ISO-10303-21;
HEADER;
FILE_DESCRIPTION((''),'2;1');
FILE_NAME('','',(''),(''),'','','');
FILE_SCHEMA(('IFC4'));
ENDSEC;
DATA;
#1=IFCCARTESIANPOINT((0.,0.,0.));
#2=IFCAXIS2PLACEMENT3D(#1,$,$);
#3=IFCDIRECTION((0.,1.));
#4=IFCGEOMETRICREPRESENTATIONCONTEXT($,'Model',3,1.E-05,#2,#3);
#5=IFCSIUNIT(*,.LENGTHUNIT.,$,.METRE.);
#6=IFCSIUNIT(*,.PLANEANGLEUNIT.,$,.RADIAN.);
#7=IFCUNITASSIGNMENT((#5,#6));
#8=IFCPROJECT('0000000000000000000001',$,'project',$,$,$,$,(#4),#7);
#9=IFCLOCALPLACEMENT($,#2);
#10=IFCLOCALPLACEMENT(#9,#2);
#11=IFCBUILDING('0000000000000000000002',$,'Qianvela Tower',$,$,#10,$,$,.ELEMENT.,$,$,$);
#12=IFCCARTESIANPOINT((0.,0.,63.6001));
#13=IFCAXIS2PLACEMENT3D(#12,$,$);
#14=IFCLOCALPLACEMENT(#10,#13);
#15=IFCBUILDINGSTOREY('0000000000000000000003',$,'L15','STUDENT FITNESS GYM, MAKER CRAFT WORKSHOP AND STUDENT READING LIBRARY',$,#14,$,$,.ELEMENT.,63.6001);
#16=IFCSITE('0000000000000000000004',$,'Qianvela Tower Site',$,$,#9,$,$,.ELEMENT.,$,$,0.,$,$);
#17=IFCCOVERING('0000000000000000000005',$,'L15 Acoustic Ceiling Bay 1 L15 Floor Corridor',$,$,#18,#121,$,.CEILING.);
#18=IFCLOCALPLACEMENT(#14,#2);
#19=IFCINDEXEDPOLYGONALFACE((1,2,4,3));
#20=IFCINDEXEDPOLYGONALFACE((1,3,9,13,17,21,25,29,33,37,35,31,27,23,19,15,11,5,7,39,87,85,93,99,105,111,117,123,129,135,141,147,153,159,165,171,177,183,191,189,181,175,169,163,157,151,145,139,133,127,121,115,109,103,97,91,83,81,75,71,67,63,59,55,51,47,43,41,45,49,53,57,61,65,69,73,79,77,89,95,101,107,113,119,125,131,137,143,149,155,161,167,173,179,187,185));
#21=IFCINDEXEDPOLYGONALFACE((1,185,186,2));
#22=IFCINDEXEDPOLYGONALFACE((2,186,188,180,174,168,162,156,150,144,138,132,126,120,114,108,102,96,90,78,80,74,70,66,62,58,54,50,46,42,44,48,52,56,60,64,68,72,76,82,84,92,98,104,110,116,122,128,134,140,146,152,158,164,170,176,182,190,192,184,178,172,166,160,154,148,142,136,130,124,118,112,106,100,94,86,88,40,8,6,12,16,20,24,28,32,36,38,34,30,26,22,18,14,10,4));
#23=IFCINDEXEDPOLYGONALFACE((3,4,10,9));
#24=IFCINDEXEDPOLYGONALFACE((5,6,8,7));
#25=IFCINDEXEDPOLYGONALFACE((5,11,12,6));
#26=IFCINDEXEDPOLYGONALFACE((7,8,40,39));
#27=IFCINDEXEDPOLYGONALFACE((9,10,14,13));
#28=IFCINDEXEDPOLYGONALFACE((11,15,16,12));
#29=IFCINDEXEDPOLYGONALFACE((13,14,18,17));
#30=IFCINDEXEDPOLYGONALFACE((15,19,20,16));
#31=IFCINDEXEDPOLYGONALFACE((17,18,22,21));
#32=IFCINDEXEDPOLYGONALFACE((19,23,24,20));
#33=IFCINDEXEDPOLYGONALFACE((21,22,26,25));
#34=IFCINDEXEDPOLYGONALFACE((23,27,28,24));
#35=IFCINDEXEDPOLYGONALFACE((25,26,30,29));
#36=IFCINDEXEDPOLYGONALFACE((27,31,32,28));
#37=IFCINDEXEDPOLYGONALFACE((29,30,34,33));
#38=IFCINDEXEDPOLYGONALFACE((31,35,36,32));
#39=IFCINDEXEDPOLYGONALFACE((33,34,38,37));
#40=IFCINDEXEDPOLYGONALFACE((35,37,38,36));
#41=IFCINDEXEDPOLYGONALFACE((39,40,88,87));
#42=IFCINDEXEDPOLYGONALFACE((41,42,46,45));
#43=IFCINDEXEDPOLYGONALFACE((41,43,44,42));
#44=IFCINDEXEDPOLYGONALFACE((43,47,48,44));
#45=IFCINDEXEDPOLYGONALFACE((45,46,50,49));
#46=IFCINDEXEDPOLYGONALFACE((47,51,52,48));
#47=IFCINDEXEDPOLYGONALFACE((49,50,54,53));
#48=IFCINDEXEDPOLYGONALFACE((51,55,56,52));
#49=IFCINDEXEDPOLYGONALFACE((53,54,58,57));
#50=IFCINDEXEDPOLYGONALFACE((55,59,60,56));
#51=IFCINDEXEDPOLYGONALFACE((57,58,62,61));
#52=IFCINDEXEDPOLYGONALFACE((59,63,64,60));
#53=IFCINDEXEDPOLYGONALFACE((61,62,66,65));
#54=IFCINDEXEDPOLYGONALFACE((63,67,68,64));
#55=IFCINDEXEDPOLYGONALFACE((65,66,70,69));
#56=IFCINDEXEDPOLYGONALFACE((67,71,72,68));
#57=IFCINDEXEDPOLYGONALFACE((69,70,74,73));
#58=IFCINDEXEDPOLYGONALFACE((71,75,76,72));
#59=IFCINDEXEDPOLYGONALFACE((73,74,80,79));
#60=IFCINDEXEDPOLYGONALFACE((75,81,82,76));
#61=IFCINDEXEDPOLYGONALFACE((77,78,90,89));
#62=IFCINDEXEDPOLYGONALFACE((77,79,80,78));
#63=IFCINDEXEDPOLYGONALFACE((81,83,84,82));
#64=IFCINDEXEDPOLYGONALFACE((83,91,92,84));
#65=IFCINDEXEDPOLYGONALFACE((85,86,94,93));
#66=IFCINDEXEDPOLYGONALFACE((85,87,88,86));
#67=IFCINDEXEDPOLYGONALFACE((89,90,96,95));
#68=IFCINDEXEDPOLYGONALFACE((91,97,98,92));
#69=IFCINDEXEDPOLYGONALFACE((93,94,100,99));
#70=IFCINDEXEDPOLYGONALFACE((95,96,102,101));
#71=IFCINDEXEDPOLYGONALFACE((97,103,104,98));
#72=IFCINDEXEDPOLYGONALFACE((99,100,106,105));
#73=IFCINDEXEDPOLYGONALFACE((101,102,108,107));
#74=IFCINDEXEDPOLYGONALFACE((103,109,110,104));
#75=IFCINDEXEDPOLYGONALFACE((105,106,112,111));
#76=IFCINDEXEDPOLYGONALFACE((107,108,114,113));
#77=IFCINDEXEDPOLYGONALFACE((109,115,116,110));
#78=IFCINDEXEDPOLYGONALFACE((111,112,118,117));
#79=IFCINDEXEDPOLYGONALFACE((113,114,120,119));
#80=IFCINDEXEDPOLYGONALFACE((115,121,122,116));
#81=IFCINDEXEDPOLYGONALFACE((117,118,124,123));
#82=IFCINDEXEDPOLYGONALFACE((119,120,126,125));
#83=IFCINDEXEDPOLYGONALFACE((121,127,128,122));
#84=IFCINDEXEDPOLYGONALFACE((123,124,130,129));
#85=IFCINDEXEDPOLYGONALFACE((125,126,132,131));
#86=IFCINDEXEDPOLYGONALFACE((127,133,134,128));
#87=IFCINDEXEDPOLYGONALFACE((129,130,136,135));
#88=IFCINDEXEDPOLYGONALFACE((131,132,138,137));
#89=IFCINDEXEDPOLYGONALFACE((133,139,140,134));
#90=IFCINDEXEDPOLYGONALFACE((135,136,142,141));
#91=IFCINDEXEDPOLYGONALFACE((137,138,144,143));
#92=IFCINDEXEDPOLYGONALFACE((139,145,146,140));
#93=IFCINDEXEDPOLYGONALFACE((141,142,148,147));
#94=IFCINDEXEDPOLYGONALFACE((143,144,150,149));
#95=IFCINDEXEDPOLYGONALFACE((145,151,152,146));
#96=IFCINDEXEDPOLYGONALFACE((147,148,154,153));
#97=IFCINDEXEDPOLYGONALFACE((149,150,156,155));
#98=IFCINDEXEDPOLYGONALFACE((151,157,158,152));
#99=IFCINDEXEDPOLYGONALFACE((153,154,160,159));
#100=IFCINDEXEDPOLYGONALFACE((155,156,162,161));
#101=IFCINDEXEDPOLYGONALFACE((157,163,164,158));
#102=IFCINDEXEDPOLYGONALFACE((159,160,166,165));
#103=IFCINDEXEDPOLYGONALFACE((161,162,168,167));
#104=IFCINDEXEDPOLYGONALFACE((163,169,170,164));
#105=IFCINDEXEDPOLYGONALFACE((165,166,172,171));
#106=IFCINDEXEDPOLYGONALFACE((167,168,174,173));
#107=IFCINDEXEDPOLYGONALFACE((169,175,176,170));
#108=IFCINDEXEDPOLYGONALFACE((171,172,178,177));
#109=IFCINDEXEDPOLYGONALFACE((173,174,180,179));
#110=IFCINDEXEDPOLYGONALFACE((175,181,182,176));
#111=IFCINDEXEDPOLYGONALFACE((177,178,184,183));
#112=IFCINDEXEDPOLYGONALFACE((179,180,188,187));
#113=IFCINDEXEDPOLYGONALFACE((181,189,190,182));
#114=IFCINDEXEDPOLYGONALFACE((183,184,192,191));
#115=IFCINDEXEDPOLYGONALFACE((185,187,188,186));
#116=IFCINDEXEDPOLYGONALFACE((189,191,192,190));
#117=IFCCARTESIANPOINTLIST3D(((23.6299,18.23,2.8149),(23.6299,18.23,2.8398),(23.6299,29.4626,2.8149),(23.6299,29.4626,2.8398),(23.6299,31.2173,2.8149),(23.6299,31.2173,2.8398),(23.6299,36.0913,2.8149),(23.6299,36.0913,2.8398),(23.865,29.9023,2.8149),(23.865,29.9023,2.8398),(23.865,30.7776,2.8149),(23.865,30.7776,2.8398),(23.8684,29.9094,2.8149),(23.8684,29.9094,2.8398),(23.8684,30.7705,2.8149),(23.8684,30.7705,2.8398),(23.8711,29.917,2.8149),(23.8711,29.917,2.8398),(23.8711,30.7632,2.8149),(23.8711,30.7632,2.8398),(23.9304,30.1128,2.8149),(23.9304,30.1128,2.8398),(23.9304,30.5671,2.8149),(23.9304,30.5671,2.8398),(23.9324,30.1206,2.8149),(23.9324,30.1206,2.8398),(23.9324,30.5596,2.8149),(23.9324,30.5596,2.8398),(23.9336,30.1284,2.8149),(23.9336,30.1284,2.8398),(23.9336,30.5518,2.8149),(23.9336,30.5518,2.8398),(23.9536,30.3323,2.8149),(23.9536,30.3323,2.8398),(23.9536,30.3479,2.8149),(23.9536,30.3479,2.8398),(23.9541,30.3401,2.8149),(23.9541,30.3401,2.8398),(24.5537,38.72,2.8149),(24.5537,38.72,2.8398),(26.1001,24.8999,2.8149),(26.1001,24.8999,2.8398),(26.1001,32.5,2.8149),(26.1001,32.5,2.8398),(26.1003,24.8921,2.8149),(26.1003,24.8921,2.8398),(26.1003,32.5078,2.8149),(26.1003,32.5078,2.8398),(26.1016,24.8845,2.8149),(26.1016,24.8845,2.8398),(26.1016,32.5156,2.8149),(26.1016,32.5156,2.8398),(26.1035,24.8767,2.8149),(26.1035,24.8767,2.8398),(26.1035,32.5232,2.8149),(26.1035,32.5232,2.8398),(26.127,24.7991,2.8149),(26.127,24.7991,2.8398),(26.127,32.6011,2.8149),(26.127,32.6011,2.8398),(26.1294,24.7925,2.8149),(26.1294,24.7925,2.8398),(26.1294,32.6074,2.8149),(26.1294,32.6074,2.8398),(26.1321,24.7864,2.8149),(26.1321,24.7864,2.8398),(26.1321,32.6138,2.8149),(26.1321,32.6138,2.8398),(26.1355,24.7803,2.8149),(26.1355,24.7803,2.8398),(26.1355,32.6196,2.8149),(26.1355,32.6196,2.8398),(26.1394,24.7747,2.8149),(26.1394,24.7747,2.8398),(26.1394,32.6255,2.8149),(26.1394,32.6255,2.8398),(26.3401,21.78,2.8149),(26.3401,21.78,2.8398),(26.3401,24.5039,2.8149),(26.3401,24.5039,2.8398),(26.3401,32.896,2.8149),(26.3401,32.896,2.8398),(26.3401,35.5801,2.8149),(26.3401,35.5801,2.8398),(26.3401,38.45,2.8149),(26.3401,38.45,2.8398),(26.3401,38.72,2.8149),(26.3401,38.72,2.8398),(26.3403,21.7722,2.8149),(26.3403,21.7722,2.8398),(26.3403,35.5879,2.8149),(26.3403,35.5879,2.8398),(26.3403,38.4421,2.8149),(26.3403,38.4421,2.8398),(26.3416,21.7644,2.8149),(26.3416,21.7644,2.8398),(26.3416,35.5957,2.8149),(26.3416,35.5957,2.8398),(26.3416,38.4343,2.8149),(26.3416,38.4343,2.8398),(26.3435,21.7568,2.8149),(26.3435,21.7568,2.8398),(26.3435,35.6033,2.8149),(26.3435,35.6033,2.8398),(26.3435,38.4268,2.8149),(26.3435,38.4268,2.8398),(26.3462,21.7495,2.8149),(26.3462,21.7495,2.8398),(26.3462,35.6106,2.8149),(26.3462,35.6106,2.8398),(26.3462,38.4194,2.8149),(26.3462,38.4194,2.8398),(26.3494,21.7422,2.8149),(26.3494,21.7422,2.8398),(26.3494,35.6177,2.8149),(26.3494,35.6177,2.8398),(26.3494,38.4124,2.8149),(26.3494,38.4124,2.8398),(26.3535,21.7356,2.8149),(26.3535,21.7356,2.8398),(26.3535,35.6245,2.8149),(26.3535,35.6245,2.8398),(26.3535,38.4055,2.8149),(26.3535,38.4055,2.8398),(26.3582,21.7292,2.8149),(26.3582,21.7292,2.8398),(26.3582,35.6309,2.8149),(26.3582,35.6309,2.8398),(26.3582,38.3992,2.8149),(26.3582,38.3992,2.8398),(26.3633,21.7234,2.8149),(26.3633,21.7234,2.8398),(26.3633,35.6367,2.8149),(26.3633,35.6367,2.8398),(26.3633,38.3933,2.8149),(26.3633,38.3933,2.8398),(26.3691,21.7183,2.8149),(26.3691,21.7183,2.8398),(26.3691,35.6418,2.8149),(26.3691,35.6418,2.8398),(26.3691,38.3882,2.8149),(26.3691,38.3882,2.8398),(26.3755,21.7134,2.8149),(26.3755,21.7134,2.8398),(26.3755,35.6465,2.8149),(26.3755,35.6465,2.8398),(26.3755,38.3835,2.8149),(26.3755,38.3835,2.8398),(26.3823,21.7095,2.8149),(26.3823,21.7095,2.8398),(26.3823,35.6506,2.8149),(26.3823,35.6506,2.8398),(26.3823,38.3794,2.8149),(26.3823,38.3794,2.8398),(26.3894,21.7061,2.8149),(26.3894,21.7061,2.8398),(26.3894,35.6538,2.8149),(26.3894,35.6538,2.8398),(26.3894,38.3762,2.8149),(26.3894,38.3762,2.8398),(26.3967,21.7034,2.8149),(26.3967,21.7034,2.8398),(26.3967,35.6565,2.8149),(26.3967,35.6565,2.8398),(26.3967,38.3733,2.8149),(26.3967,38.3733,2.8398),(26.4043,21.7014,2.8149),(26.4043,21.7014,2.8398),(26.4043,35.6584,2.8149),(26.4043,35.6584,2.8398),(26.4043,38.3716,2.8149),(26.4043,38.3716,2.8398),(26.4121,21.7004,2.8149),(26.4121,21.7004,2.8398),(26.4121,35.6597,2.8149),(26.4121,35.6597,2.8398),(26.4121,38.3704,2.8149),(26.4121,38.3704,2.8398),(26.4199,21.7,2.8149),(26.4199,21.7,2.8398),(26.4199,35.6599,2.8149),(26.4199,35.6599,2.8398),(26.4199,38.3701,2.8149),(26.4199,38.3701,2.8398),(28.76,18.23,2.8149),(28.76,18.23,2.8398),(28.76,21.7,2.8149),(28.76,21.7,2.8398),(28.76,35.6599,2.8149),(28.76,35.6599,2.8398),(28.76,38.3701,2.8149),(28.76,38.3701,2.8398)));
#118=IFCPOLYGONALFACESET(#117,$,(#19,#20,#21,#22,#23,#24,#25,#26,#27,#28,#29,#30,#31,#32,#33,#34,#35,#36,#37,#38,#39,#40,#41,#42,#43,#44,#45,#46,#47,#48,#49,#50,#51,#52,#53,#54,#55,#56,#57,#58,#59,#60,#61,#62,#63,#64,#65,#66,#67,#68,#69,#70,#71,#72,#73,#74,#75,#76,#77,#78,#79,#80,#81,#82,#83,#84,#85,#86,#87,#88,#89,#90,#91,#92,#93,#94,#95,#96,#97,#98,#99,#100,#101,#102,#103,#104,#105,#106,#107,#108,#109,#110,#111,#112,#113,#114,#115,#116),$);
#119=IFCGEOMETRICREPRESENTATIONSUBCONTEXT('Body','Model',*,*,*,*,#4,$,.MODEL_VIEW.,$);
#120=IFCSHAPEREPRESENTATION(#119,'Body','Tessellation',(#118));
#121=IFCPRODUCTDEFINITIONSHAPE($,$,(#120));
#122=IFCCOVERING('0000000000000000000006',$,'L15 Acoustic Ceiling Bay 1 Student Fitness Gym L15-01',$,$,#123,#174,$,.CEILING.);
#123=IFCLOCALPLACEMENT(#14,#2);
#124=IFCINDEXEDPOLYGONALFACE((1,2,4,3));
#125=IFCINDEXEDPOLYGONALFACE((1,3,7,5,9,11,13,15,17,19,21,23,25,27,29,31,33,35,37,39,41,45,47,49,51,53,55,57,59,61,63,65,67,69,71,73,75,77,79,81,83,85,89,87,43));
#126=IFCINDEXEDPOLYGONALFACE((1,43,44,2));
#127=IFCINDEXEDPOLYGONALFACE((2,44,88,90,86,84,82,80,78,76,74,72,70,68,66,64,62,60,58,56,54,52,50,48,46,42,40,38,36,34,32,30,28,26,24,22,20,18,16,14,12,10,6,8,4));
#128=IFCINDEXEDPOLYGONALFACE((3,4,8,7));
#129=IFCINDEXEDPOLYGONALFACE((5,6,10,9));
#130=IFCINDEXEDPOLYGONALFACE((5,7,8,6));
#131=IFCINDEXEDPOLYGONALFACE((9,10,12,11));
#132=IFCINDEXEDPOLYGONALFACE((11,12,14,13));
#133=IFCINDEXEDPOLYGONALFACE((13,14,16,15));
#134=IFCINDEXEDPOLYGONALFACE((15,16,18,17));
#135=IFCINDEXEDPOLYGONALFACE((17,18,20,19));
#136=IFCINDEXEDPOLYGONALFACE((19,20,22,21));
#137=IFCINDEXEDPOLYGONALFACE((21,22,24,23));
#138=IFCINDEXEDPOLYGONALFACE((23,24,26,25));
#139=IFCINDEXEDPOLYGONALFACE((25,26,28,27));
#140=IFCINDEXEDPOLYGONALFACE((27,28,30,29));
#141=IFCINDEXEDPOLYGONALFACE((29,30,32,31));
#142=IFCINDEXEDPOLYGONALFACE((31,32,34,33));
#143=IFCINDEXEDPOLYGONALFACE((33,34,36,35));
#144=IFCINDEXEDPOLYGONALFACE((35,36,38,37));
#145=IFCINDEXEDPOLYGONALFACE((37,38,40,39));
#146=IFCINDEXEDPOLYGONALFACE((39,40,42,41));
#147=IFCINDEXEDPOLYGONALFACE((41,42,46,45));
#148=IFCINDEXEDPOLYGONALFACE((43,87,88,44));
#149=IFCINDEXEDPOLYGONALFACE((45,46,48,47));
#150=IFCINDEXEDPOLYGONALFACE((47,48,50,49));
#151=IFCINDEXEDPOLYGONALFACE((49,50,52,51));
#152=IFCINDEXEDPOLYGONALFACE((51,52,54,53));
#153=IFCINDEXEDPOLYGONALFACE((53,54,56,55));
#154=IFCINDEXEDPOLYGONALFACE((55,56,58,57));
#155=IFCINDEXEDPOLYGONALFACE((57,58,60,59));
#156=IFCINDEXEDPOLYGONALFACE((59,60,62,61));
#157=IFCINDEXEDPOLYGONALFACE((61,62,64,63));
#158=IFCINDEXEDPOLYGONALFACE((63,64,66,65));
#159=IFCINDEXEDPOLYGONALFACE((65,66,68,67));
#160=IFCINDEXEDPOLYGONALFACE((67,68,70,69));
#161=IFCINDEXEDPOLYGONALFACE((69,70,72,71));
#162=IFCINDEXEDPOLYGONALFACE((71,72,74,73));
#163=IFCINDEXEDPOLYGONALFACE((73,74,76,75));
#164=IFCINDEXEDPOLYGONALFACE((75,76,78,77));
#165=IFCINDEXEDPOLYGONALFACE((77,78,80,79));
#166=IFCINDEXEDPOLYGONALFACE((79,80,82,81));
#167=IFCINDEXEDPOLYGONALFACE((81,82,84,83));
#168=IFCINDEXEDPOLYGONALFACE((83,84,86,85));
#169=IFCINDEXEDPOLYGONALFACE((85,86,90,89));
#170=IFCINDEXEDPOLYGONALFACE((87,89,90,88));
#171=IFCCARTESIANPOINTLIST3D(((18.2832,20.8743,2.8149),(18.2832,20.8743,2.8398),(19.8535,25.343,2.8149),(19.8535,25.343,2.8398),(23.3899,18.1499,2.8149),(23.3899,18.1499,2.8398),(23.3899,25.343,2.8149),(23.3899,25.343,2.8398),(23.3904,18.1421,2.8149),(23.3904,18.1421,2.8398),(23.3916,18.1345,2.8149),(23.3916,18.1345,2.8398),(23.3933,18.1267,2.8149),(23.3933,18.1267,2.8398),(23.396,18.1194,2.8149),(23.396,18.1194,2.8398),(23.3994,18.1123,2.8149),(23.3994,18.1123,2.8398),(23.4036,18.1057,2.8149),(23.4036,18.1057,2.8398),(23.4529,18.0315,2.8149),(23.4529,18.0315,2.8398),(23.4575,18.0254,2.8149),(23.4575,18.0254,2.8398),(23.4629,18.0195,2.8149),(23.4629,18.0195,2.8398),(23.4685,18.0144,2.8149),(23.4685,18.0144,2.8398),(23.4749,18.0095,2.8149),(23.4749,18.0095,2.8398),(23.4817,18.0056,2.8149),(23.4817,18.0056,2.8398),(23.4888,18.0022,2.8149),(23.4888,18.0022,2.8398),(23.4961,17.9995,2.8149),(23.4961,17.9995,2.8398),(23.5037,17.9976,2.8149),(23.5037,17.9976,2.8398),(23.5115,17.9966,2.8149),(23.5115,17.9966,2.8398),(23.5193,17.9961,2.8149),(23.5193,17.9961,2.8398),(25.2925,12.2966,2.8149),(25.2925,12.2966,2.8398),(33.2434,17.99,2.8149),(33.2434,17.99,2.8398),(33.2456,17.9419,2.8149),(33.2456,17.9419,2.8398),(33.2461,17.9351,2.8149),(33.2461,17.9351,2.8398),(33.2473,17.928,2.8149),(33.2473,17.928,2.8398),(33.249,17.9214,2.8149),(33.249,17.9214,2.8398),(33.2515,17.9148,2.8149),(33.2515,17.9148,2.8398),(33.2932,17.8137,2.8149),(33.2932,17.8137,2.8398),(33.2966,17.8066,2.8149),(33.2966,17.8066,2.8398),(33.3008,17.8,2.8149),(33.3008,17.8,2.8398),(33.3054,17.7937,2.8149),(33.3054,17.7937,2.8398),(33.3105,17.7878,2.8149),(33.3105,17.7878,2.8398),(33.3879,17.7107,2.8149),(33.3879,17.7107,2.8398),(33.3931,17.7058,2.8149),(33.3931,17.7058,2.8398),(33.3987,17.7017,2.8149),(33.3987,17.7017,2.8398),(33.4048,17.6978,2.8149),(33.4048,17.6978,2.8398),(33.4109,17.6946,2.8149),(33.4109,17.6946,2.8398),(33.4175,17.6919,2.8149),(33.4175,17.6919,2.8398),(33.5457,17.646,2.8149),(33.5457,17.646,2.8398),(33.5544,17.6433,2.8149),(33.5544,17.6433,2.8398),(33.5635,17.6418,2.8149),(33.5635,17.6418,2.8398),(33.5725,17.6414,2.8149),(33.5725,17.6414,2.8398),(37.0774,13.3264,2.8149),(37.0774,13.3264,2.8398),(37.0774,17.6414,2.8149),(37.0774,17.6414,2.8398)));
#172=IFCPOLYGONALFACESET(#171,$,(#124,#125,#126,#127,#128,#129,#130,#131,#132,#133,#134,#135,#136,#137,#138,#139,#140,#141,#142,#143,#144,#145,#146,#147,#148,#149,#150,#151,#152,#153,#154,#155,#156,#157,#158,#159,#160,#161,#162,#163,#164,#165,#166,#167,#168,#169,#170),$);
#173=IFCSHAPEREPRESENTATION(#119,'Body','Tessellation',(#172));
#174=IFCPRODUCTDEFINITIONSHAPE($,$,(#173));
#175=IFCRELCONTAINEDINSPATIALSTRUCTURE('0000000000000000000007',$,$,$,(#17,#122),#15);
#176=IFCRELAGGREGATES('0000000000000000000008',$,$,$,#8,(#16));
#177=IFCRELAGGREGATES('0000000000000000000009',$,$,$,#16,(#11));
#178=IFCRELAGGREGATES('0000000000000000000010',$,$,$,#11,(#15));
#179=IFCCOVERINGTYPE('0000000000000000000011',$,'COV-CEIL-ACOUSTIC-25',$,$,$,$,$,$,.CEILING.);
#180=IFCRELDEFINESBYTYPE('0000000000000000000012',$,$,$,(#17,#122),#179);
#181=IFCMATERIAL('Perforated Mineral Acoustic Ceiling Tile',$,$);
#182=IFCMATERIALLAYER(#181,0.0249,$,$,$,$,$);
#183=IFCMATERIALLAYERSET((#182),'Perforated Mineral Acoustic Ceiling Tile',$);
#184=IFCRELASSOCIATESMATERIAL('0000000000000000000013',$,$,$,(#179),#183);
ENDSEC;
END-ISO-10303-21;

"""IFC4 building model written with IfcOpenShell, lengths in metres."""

from ifc_helpers import new_model, si_unit, direction, frame, origin, place, context, subcontext, project, spatial, polyline, outline, extrude, material, layer, layer_set, type_object, element, save


model = new_model("IFC4")

# Units and contexts
model_context = context("Model", 3, precision=1e-05, world=origin(), true_north=direction((0.0, 1.0)))
body_context = subcontext(model_context, "Body", "Model", "MODEL_VIEW")
ifc_project = project(units=[si_unit("LENGTHUNIT", "METRE"), si_unit("PLANEANGLEUNIT", "RADIAN")], contexts=[model_context])

# Site, building, storey
site_placement = place(None, origin())
site = spatial("IfcSite", under=ifc_project, at=site_placement, Name="Qianvela Tower Site", CompositionType="ELEMENT", RefElevation=0.0)
building_placement = place(site_placement, origin())
building = spatial("IfcBuilding", under=site, at=building_placement, Name="Qianvela Tower", CompositionType="ELEMENT")
storey_placement = place(building_placement, frame((0.0, 0.0, 63.6001)))
storey = spatial("IfcBuildingStorey", under=building, at=storey_placement, Name="L15", Description="STUDENT FITNESS GYM, MAKER CRAFT WORKSHOP AND STUDENT READING LIBRARY", CompositionType="ELEMENT", Elevation=63.6001)

# Coverings
ifc_material_1 = material(Name="Perforated Mineral Acoustic Ceiling Tile")
ifc_layer_1 = layer(ifc_material_1, 0.0249)
ifc_layer_set_1 = layer_set([ifc_layer_1], Name="Perforated Mineral Acoustic Ceiling Tile")
covering_type_1 = type_object("IfcCoveringType", Name="COV-CEIL-ACOUSTIC-25", PredefinedType="CEILING", material=ifc_layer_set_1)
covering_1_placement = place(storey_placement, frame((0.0, 0.0, 2.8149)))
element("IfcCovering", 1, at=covering_1_placement, inside=storey, type_object=covering_type_1, Name="L15 Acoustic Ceiling Bay 1 L15 Floor Corridor", PredefinedType="CEILING", context=body_context, shape_type="SweptSolid", body=[
    extrude(outline(polyline([(23.8684, 30.7705), (23.865, 30.7776), (23.6299, 31.2173), (23.6299, 36.0913), (24.5537, 38.72), (26.3401, 38.72), (26.3401, 38.45), (26.3403, 38.4421), (26.3416, 38.4343), (26.3435, 38.4268), (26.3462, 38.4194), (26.3494, 38.4124), (26.3535, 38.4055), (26.3582, 38.3992), (26.3633, 38.3933), (26.3691, 38.3882), (26.3755, 38.3835), (26.3823, 38.3794), (26.3894, 38.3762), (26.3967, 38.3733), (26.4043, 38.3716), (26.4121, 38.3704), (26.4199, 38.3701), (28.76, 38.3701), (28.76, 35.6599), (26.4199, 35.6599), (26.4121, 35.6597), (26.4043, 35.6584), (26.3967, 35.6565), (26.3894, 35.6538), (26.3823, 35.6506), (26.3755, 35.6465), (26.3691, 35.6418), (26.3633, 35.6367), (26.3582, 35.6309), (26.3535, 35.6245), (26.3494, 35.6177), (26.3462, 35.6106), (26.3435, 35.6033), (26.3416, 35.5957), (26.3403, 35.5879), (26.3401, 35.5801), (26.3401, 32.896), (26.1394, 32.6255), (26.1355, 32.6196), (26.1321, 32.6138), (26.1294, 32.6074), (26.127, 32.6011), (26.1035, 32.5232), (26.1016, 32.5156), (26.1003, 32.5078), (26.1001, 32.5), (26.1001, 24.8999), (26.1003, 24.8921), (26.1016, 24.8845), (26.1035, 24.8767), (26.127, 24.7991), (26.1294, 24.7925), (26.1321, 24.7864), (26.1355, 24.7803), (26.1394, 24.7747), (26.3401, 24.5039), (26.3401, 21.78), (26.3403, 21.7722), (26.3416, 21.7644), (26.3435, 21.7568), (26.3462, 21.7495), (26.3494, 21.7422), (26.3535, 21.7356), (26.3582, 21.7292), (26.3633, 21.7234), (26.3691, 21.7183), (26.3755, 21.7134), (26.3823, 21.7095), (26.3894, 21.7061), (26.3967, 21.7034), (26.4043, 21.7014), (26.4121, 21.7004), (26.4199, 21.7), (28.76, 21.7), (28.76, 18.23), (23.6299, 18.23), (23.6299, 29.4626), (23.865, 29.9023), (23.8684, 29.9094), (23.8711, 29.917), (23.9304, 30.1128), (23.9324, 30.1206), (23.9336, 30.1284), (23.9536, 30.3323), (23.9541, 30.3401), (23.9536, 30.3479), (23.9336, 30.5518), (23.9324, 30.5596), (23.9304, 30.5671), (23.8711, 30.7632), (23.8684, 30.7705)])), origin(), (0.0, 0.0, 1.0), 0.0249),
])
covering_2_placement = place(storey_placement, frame((0.0, 0.0, 2.8149)))
element("IfcCovering", 2, at=covering_2_placement, inside=storey, type_object=covering_type_1, Name="L15 Acoustic Ceiling Bay 1 Student Fitness Gym L15-01", PredefinedType="CEILING", context=body_context, shape_type="SweptSolid", body=[
    extrude(outline(polyline([(25.2925, 12.2966), (18.2832, 20.8743), (19.8535, 25.343), (23.3899, 25.343), (23.3899, 18.1499), (23.3904, 18.1421), (23.3916, 18.1345), (23.3933, 18.1267), (23.396, 18.1194), (23.3994, 18.1123), (23.4036, 18.1057), (23.4529, 18.0315), (23.4575, 18.0254), (23.4629, 18.0195), (23.4685, 18.0144), (23.4749, 18.0095), (23.4817, 18.0056), (23.4888, 18.0022), (23.4961, 17.9995), (23.5037, 17.9976), (23.5115, 17.9966), (23.5193, 17.9961), (33.2434, 17.99), (33.2456, 17.9419), (33.2461, 17.9351), (33.2473, 17.928), (33.249, 17.9214), (33.2515, 17.9148), (33.2932, 17.8137), (33.2966, 17.8066), (33.3008, 17.8), (33.3054, 17.7937), (33.3105, 17.7878), (33.3879, 17.7107), (33.3931, 17.7058), (33.3987, 17.7017), (33.4048, 17.6978), (33.4109, 17.6946), (33.4175, 17.6919), (33.5457, 17.646), (33.5544, 17.6433), (33.5635, 17.6418), (33.5725, 17.6414), (37.0774, 17.6414), (37.0774, 13.3264), (25.2925, 12.2966)])), origin(), (0.0, 0.0, 1.0), 0.0249),
])

save(model, "model.ifc")
